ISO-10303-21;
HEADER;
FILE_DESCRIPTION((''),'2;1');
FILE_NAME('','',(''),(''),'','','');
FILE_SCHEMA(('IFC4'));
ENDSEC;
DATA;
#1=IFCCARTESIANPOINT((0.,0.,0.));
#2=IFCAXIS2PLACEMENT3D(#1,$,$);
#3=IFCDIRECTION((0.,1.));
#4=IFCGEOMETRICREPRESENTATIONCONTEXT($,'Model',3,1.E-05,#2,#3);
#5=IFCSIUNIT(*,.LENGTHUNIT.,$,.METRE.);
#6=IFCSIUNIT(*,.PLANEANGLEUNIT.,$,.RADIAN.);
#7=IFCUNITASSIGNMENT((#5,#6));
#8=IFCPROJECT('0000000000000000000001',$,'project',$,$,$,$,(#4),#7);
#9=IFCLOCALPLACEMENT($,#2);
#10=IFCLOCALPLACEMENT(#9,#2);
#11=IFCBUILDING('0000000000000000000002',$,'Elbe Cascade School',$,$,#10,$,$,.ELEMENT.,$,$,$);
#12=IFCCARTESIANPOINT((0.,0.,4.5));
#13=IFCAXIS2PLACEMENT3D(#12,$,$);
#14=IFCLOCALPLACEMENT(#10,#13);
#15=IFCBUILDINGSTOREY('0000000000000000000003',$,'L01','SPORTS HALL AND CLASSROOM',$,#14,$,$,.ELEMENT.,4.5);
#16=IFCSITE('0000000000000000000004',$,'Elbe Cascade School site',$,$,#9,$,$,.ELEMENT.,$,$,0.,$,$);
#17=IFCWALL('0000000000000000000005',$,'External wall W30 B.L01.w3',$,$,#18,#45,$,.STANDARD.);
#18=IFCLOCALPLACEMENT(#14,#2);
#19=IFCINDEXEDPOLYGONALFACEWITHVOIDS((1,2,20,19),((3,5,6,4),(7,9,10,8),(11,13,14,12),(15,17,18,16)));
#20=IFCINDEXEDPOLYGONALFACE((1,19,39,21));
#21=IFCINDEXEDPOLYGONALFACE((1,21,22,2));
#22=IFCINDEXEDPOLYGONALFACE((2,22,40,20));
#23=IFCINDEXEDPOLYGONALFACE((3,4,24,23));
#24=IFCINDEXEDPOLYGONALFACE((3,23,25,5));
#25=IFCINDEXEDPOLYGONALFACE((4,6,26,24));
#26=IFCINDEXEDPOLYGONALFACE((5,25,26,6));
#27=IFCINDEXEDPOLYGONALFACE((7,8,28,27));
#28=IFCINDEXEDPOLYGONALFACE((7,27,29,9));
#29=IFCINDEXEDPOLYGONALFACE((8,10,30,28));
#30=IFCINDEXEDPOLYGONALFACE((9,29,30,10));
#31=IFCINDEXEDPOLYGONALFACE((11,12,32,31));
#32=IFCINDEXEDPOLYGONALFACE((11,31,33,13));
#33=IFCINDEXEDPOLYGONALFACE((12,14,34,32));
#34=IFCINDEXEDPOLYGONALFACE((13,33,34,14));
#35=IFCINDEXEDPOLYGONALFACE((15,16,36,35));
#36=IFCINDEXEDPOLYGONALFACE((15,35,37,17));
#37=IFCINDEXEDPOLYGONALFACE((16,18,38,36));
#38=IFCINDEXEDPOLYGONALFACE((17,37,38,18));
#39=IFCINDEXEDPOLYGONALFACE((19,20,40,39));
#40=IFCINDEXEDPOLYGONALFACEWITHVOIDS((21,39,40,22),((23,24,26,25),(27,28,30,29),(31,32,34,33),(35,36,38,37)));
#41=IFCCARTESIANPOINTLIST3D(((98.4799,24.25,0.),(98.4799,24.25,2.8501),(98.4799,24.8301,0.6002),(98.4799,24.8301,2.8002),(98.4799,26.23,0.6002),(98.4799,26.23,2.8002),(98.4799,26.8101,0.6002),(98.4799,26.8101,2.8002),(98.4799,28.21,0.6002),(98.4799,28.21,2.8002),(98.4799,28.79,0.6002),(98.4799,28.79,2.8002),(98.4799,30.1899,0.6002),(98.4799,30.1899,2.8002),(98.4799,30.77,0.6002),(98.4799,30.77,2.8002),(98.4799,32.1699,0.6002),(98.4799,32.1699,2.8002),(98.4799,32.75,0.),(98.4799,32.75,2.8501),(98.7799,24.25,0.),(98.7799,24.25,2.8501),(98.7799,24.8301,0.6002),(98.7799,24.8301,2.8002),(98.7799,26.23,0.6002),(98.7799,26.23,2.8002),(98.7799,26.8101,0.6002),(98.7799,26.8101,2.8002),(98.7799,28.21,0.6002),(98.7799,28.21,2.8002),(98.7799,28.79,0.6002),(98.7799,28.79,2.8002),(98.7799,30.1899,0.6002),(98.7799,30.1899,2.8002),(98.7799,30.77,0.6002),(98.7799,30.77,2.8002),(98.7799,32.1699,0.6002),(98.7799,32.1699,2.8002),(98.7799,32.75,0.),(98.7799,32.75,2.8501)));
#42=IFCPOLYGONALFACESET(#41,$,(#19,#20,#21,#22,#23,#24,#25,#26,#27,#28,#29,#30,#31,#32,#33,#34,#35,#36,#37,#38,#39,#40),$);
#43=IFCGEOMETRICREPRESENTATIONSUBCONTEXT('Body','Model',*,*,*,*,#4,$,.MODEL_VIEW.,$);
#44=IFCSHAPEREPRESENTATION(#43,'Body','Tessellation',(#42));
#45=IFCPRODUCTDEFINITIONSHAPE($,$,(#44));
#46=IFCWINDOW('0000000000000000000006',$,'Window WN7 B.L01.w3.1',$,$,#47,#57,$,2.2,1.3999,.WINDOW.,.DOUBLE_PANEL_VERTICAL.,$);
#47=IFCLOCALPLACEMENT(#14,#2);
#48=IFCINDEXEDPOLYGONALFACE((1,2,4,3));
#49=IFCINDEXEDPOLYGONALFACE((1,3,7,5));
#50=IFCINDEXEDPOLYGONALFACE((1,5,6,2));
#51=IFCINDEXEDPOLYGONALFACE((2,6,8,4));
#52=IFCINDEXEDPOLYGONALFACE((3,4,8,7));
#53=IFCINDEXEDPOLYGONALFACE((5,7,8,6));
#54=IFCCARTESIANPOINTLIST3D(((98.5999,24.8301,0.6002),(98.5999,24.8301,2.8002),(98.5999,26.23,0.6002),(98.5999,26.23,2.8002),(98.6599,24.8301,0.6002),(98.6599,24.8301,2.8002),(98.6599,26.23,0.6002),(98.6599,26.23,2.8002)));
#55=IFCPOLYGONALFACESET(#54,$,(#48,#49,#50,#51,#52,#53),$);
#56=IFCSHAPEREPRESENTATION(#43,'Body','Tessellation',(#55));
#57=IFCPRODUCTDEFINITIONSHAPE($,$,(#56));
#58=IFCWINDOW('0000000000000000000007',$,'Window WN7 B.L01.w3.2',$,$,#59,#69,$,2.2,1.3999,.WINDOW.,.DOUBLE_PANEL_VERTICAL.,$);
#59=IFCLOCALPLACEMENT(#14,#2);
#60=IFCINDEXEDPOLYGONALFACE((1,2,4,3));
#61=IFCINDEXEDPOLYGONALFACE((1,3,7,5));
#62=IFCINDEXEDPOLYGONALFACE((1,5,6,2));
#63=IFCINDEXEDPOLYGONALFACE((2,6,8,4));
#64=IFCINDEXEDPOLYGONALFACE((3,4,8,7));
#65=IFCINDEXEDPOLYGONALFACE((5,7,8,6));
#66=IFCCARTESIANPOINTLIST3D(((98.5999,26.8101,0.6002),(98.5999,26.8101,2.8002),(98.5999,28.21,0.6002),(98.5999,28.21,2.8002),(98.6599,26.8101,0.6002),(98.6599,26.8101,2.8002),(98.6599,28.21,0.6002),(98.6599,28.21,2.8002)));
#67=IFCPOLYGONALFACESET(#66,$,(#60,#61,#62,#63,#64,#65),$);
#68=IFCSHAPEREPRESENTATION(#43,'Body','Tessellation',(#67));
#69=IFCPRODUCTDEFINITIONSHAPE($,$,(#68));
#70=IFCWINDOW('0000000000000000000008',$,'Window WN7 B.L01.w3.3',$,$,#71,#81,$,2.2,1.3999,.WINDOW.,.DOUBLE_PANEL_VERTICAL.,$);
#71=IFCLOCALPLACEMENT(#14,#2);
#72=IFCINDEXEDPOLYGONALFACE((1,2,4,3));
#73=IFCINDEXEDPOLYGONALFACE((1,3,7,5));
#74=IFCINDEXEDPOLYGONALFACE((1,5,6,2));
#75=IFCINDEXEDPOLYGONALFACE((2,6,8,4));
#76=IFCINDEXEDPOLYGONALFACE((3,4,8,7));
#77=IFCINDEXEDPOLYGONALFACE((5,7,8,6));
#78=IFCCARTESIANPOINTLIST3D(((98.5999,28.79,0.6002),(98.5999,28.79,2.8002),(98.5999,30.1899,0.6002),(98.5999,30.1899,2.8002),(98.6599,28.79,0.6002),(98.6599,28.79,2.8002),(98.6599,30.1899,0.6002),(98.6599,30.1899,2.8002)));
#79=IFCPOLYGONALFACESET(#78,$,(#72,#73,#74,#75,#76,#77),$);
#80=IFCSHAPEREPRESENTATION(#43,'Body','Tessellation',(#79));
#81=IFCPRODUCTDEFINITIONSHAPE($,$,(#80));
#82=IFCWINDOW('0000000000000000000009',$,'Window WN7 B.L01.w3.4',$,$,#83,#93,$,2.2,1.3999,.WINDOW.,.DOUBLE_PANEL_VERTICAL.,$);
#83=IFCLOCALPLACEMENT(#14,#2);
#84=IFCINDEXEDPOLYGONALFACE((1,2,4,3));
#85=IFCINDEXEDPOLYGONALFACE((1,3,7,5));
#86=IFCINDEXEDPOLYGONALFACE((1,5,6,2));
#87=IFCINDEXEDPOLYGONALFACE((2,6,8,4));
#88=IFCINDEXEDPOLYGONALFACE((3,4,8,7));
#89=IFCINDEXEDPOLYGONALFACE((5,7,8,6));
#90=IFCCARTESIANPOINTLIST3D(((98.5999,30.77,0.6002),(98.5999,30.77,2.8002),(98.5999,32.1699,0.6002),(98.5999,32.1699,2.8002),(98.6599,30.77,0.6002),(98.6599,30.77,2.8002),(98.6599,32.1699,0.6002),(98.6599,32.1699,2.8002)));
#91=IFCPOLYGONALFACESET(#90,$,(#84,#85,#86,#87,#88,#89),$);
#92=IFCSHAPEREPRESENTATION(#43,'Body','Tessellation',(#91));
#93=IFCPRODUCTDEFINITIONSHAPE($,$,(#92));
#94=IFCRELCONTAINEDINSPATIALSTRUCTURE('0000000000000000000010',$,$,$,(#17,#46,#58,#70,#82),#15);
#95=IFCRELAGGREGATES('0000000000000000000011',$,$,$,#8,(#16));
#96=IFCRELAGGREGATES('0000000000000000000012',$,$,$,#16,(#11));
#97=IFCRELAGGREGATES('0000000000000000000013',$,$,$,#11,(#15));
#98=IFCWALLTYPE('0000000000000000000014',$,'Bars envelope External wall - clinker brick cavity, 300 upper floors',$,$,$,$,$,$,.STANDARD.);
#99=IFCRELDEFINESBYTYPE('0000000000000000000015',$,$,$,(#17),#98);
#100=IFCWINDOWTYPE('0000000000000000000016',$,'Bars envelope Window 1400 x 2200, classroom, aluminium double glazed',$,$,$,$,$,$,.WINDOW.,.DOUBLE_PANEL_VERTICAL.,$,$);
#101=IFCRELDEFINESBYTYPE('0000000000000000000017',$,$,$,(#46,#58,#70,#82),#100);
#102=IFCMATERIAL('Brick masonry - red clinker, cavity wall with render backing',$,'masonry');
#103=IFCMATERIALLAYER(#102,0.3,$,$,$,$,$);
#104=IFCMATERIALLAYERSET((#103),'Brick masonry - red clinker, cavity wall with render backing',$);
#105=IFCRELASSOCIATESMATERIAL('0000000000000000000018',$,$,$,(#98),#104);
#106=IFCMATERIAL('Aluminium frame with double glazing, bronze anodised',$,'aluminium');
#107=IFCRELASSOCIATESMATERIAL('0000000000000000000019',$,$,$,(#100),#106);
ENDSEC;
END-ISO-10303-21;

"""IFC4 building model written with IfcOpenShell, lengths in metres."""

from ifc_helpers import new_model, si_unit, direction, frame, frame_2d, origin, place, context, subcontext, project, spatial, rectangle, extrude, material, layer, layer_set, type_object, element, fill, save


model = new_model("IFC4")

# Units and contexts
model_context = context("Model", 3, precision=1e-05, world=origin(), true_north=direction((0.0, 1.0)))
body_context = subcontext(model_context, "Body", "Model", "MODEL_VIEW")
ifc_project = project(units=[si_unit("LENGTHUNIT", "METRE"), si_unit("PLANEANGLEUNIT", "RADIAN")], contexts=[model_context])

# Site, building, storey
site_placement = place(None, origin())
site = spatial("IfcSite", under=ifc_project, at=site_placement, Name="Elbe Cascade School site", CompositionType="ELEMENT", RefElevation=0.0)
building_placement = place(site_placement, origin())
building = spatial("IfcBuilding", under=site, at=building_placement, Name="Elbe Cascade School", CompositionType="ELEMENT")
storey_placement = place(building_placement, frame((0.0, 0.0, 4.5)))
storey = spatial("IfcBuildingStorey", under=building, at=storey_placement, Name="L01", Description="SPORTS HALL AND CLASSROOM", CompositionType="ELEMENT", Elevation=4.5)

# Wall, openings, windows
ifc_material_1 = material(Name="Brick masonry - red clinker, cavity wall with render backing", Category="masonry")
ifc_layer_1 = layer(ifc_material_1, 0.3)
ifc_layer_set_1 = layer_set([ifc_layer_1], Name="Brick masonry - red clinker, cavity wall with render backing")
wall_type_1 = type_object("IfcWallType", Name="Bars envelope External wall - clinker brick cavity, 300 upper floors", PredefinedType="STANDARD", material=ifc_layer_set_1)
wall_1_placement = place(storey_placement, frame((98.6299, 24.25, 0.0), z_axis=(0.0, 0.0, 1.0), x_axis=(0.0, 1.0, 0.0)))
wall_1 = element("IfcWall", 1, at=wall_1_placement, inside=storey, type_object=wall_type_1, Name="External wall W30 B.L01.w3", PredefinedType="STANDARD", context=body_context, shape_type="SweptSolid", body=[
    extrude(rectangle(XDim=8.5, YDim=0.3, at=frame_2d((4.25, 0.0))), origin(), (0.0, 0.0, 1.0), 2.8501),
])
opening_1_placement = place(wall_1_placement, frame((0.5801, 0.0, 0.6001)))
opening_1 = element("IfcOpeningElement", 2, at=opening_1_placement, cuts=wall_1, PredefinedType="OPENING", context=body_context, shape_type="SweptSolid", body=[
    extrude(rectangle(XDim=1.3999, YDim=2.2, at=frame_2d((0.7, 1.1001))), frame((0.0, 0.1599, 0.0), z_axis=(0.0, -1.0, 0.0), x_axis=(1.0, 0.0, 0.0)), (0.0, 0.0, 1.0), 0.3201),
])
opening_2_placement = place(wall_1_placement, frame((2.5601, 0.0, 0.6001)))
opening_2 = element("IfcOpeningElement", 3, at=opening_2_placement, cuts=wall_1, PredefinedType="OPENING", context=body_context, shape_type="SweptSolid", body=[
    extrude(rectangle(XDim=1.3999, YDim=2.2, at=frame_2d((0.7, 1.1001))), frame((0.0, 0.1599, 0.0), z_axis=(0.0, -1.0, 0.0), x_axis=(1.0, 0.0, 0.0)), (0.0, 0.0, 1.0), 0.3201),
])
opening_3_placement = place(wall_1_placement, frame((4.54, 0.0, 0.6001)))
opening_3 = element("IfcOpeningElement", 4, at=opening_3_placement, cuts=wall_1, PredefinedType="OPENING", context=body_context, shape_type="SweptSolid", body=[
    extrude(rectangle(XDim=1.3999, YDim=2.2, at=frame_2d((0.7, 1.1001))), frame((0.0, 0.1599, 0.0), z_axis=(0.0, -1.0, 0.0), x_axis=(1.0, 0.0, 0.0)), (0.0, 0.0, 1.0), 0.3201),
])
opening_4_placement = place(wall_1_placement, frame((6.52, 0.0, 0.6001)))
opening_4 = element("IfcOpeningElement", 5, at=opening_4_placement, cuts=wall_1, PredefinedType="OPENING", context=body_context, shape_type="SweptSolid", body=[
    extrude(rectangle(XDim=1.3999, YDim=2.2, at=frame_2d((0.7, 1.1001))), frame((0.0, 0.1599, 0.0), z_axis=(0.0, -1.0, 0.0), x_axis=(1.0, 0.0, 0.0)), (0.0, 0.0, 1.0), 0.3201),
])
ifc_material_2 = material(Name="Aluminium frame with double glazing, bronze anodised", Category="aluminium")
window_type = type_object("IfcWindowType", Name="Bars envelope Window 1400 x 2200, classroom, aluminium double glazed", PartitioningType="DOUBLE_PANEL_VERTICAL", PredefinedType="WINDOW", material=ifc_material_2)
window_1_placement = place(opening_1_placement, origin())
window_1 = element("IfcWindow", 6, at=window_1_placement, inside=storey, type_object=window_type, Name="Window WN7 B.L01.w3.1", OverallHeight=2.2, OverallWidth=1.3999, PartitioningType="DOUBLE_PANEL_VERTICAL", PredefinedType="WINDOW", context=body_context, shape_type="SweptSolid", body=[
    extrude(rectangle(XDim=1.3999, YDim=2.2, at=frame_2d((0.7, 1.1001))), frame((0.0, 0.03, 0.0), z_axis=(0.0, -1.0, 0.0), x_axis=(1.0, 0.0, 0.0)), (0.0, 0.0, 1.0), 0.0601),
])
fill(opening_1, window_1)
window_2_placement = place(opening_2_placement, origin())
window_2 = element("IfcWindow", 7, at=window_2_placement, inside=storey, type_object=window_type, Name="Window WN7 B.L01.w3.2", OverallHeight=2.2, OverallWidth=1.3999, PartitioningType="DOUBLE_PANEL_VERTICAL", PredefinedType="WINDOW", context=body_context, shape_type="SweptSolid", body=[
    extrude(rectangle(XDim=1.3999, YDim=2.2, at=frame_2d((0.7, 1.1001))), frame((0.0, 0.03, 0.0), z_axis=(0.0, -1.0, 0.0), x_axis=(1.0, 0.0, 0.0)), (0.0, 0.0, 1.0), 0.0601),
])
fill(opening_2, window_2)
window_3_placement = place(opening_3_placement, origin())
window_3 = element("IfcWindow", 8, at=window_3_placement, inside=storey, type_object=window_type, Name="Window WN7 B.L01.w3.3", OverallHeight=2.2, OverallWidth=1.3999, PartitioningType="DOUBLE_PANEL_VERTICAL", PredefinedType="WINDOW", context=body_context, shape_type="SweptSolid", body=[
    extrude(rectangle(XDim=1.3999, YDim=2.2, at=frame_2d((0.7, 1.1001))), frame((0.0, 0.03, 0.0), z_axis=(0.0, -1.0, 0.0), x_axis=(1.0, 0.0, 0.0)), (0.0, 0.0, 1.0), 0.0601),
])
fill(opening_3, window_3)
window_4_placement = place(opening_4_placement, origin())
window_4 = element("IfcWindow", 9, at=window_4_placement, inside=storey, type_object=window_type, Name="Window WN7 B.L01.w3.4", OverallHeight=2.2, OverallWidth=1.3999, PartitioningType="DOUBLE_PANEL_VERTICAL", PredefinedType="WINDOW", context=body_context, shape_type="SweptSolid", body=[
    extrude(rectangle(XDim=1.3999, YDim=2.2, at=frame_2d((0.7, 1.1001))), frame((0.0, 0.03, 0.0), z_axis=(0.0, -1.0, 0.0), x_axis=(1.0, 0.0, 0.0)), (0.0, 0.0, 1.0), 0.0601),
])
fill(opening_4, window_4)

save(model, "model.ifc")
